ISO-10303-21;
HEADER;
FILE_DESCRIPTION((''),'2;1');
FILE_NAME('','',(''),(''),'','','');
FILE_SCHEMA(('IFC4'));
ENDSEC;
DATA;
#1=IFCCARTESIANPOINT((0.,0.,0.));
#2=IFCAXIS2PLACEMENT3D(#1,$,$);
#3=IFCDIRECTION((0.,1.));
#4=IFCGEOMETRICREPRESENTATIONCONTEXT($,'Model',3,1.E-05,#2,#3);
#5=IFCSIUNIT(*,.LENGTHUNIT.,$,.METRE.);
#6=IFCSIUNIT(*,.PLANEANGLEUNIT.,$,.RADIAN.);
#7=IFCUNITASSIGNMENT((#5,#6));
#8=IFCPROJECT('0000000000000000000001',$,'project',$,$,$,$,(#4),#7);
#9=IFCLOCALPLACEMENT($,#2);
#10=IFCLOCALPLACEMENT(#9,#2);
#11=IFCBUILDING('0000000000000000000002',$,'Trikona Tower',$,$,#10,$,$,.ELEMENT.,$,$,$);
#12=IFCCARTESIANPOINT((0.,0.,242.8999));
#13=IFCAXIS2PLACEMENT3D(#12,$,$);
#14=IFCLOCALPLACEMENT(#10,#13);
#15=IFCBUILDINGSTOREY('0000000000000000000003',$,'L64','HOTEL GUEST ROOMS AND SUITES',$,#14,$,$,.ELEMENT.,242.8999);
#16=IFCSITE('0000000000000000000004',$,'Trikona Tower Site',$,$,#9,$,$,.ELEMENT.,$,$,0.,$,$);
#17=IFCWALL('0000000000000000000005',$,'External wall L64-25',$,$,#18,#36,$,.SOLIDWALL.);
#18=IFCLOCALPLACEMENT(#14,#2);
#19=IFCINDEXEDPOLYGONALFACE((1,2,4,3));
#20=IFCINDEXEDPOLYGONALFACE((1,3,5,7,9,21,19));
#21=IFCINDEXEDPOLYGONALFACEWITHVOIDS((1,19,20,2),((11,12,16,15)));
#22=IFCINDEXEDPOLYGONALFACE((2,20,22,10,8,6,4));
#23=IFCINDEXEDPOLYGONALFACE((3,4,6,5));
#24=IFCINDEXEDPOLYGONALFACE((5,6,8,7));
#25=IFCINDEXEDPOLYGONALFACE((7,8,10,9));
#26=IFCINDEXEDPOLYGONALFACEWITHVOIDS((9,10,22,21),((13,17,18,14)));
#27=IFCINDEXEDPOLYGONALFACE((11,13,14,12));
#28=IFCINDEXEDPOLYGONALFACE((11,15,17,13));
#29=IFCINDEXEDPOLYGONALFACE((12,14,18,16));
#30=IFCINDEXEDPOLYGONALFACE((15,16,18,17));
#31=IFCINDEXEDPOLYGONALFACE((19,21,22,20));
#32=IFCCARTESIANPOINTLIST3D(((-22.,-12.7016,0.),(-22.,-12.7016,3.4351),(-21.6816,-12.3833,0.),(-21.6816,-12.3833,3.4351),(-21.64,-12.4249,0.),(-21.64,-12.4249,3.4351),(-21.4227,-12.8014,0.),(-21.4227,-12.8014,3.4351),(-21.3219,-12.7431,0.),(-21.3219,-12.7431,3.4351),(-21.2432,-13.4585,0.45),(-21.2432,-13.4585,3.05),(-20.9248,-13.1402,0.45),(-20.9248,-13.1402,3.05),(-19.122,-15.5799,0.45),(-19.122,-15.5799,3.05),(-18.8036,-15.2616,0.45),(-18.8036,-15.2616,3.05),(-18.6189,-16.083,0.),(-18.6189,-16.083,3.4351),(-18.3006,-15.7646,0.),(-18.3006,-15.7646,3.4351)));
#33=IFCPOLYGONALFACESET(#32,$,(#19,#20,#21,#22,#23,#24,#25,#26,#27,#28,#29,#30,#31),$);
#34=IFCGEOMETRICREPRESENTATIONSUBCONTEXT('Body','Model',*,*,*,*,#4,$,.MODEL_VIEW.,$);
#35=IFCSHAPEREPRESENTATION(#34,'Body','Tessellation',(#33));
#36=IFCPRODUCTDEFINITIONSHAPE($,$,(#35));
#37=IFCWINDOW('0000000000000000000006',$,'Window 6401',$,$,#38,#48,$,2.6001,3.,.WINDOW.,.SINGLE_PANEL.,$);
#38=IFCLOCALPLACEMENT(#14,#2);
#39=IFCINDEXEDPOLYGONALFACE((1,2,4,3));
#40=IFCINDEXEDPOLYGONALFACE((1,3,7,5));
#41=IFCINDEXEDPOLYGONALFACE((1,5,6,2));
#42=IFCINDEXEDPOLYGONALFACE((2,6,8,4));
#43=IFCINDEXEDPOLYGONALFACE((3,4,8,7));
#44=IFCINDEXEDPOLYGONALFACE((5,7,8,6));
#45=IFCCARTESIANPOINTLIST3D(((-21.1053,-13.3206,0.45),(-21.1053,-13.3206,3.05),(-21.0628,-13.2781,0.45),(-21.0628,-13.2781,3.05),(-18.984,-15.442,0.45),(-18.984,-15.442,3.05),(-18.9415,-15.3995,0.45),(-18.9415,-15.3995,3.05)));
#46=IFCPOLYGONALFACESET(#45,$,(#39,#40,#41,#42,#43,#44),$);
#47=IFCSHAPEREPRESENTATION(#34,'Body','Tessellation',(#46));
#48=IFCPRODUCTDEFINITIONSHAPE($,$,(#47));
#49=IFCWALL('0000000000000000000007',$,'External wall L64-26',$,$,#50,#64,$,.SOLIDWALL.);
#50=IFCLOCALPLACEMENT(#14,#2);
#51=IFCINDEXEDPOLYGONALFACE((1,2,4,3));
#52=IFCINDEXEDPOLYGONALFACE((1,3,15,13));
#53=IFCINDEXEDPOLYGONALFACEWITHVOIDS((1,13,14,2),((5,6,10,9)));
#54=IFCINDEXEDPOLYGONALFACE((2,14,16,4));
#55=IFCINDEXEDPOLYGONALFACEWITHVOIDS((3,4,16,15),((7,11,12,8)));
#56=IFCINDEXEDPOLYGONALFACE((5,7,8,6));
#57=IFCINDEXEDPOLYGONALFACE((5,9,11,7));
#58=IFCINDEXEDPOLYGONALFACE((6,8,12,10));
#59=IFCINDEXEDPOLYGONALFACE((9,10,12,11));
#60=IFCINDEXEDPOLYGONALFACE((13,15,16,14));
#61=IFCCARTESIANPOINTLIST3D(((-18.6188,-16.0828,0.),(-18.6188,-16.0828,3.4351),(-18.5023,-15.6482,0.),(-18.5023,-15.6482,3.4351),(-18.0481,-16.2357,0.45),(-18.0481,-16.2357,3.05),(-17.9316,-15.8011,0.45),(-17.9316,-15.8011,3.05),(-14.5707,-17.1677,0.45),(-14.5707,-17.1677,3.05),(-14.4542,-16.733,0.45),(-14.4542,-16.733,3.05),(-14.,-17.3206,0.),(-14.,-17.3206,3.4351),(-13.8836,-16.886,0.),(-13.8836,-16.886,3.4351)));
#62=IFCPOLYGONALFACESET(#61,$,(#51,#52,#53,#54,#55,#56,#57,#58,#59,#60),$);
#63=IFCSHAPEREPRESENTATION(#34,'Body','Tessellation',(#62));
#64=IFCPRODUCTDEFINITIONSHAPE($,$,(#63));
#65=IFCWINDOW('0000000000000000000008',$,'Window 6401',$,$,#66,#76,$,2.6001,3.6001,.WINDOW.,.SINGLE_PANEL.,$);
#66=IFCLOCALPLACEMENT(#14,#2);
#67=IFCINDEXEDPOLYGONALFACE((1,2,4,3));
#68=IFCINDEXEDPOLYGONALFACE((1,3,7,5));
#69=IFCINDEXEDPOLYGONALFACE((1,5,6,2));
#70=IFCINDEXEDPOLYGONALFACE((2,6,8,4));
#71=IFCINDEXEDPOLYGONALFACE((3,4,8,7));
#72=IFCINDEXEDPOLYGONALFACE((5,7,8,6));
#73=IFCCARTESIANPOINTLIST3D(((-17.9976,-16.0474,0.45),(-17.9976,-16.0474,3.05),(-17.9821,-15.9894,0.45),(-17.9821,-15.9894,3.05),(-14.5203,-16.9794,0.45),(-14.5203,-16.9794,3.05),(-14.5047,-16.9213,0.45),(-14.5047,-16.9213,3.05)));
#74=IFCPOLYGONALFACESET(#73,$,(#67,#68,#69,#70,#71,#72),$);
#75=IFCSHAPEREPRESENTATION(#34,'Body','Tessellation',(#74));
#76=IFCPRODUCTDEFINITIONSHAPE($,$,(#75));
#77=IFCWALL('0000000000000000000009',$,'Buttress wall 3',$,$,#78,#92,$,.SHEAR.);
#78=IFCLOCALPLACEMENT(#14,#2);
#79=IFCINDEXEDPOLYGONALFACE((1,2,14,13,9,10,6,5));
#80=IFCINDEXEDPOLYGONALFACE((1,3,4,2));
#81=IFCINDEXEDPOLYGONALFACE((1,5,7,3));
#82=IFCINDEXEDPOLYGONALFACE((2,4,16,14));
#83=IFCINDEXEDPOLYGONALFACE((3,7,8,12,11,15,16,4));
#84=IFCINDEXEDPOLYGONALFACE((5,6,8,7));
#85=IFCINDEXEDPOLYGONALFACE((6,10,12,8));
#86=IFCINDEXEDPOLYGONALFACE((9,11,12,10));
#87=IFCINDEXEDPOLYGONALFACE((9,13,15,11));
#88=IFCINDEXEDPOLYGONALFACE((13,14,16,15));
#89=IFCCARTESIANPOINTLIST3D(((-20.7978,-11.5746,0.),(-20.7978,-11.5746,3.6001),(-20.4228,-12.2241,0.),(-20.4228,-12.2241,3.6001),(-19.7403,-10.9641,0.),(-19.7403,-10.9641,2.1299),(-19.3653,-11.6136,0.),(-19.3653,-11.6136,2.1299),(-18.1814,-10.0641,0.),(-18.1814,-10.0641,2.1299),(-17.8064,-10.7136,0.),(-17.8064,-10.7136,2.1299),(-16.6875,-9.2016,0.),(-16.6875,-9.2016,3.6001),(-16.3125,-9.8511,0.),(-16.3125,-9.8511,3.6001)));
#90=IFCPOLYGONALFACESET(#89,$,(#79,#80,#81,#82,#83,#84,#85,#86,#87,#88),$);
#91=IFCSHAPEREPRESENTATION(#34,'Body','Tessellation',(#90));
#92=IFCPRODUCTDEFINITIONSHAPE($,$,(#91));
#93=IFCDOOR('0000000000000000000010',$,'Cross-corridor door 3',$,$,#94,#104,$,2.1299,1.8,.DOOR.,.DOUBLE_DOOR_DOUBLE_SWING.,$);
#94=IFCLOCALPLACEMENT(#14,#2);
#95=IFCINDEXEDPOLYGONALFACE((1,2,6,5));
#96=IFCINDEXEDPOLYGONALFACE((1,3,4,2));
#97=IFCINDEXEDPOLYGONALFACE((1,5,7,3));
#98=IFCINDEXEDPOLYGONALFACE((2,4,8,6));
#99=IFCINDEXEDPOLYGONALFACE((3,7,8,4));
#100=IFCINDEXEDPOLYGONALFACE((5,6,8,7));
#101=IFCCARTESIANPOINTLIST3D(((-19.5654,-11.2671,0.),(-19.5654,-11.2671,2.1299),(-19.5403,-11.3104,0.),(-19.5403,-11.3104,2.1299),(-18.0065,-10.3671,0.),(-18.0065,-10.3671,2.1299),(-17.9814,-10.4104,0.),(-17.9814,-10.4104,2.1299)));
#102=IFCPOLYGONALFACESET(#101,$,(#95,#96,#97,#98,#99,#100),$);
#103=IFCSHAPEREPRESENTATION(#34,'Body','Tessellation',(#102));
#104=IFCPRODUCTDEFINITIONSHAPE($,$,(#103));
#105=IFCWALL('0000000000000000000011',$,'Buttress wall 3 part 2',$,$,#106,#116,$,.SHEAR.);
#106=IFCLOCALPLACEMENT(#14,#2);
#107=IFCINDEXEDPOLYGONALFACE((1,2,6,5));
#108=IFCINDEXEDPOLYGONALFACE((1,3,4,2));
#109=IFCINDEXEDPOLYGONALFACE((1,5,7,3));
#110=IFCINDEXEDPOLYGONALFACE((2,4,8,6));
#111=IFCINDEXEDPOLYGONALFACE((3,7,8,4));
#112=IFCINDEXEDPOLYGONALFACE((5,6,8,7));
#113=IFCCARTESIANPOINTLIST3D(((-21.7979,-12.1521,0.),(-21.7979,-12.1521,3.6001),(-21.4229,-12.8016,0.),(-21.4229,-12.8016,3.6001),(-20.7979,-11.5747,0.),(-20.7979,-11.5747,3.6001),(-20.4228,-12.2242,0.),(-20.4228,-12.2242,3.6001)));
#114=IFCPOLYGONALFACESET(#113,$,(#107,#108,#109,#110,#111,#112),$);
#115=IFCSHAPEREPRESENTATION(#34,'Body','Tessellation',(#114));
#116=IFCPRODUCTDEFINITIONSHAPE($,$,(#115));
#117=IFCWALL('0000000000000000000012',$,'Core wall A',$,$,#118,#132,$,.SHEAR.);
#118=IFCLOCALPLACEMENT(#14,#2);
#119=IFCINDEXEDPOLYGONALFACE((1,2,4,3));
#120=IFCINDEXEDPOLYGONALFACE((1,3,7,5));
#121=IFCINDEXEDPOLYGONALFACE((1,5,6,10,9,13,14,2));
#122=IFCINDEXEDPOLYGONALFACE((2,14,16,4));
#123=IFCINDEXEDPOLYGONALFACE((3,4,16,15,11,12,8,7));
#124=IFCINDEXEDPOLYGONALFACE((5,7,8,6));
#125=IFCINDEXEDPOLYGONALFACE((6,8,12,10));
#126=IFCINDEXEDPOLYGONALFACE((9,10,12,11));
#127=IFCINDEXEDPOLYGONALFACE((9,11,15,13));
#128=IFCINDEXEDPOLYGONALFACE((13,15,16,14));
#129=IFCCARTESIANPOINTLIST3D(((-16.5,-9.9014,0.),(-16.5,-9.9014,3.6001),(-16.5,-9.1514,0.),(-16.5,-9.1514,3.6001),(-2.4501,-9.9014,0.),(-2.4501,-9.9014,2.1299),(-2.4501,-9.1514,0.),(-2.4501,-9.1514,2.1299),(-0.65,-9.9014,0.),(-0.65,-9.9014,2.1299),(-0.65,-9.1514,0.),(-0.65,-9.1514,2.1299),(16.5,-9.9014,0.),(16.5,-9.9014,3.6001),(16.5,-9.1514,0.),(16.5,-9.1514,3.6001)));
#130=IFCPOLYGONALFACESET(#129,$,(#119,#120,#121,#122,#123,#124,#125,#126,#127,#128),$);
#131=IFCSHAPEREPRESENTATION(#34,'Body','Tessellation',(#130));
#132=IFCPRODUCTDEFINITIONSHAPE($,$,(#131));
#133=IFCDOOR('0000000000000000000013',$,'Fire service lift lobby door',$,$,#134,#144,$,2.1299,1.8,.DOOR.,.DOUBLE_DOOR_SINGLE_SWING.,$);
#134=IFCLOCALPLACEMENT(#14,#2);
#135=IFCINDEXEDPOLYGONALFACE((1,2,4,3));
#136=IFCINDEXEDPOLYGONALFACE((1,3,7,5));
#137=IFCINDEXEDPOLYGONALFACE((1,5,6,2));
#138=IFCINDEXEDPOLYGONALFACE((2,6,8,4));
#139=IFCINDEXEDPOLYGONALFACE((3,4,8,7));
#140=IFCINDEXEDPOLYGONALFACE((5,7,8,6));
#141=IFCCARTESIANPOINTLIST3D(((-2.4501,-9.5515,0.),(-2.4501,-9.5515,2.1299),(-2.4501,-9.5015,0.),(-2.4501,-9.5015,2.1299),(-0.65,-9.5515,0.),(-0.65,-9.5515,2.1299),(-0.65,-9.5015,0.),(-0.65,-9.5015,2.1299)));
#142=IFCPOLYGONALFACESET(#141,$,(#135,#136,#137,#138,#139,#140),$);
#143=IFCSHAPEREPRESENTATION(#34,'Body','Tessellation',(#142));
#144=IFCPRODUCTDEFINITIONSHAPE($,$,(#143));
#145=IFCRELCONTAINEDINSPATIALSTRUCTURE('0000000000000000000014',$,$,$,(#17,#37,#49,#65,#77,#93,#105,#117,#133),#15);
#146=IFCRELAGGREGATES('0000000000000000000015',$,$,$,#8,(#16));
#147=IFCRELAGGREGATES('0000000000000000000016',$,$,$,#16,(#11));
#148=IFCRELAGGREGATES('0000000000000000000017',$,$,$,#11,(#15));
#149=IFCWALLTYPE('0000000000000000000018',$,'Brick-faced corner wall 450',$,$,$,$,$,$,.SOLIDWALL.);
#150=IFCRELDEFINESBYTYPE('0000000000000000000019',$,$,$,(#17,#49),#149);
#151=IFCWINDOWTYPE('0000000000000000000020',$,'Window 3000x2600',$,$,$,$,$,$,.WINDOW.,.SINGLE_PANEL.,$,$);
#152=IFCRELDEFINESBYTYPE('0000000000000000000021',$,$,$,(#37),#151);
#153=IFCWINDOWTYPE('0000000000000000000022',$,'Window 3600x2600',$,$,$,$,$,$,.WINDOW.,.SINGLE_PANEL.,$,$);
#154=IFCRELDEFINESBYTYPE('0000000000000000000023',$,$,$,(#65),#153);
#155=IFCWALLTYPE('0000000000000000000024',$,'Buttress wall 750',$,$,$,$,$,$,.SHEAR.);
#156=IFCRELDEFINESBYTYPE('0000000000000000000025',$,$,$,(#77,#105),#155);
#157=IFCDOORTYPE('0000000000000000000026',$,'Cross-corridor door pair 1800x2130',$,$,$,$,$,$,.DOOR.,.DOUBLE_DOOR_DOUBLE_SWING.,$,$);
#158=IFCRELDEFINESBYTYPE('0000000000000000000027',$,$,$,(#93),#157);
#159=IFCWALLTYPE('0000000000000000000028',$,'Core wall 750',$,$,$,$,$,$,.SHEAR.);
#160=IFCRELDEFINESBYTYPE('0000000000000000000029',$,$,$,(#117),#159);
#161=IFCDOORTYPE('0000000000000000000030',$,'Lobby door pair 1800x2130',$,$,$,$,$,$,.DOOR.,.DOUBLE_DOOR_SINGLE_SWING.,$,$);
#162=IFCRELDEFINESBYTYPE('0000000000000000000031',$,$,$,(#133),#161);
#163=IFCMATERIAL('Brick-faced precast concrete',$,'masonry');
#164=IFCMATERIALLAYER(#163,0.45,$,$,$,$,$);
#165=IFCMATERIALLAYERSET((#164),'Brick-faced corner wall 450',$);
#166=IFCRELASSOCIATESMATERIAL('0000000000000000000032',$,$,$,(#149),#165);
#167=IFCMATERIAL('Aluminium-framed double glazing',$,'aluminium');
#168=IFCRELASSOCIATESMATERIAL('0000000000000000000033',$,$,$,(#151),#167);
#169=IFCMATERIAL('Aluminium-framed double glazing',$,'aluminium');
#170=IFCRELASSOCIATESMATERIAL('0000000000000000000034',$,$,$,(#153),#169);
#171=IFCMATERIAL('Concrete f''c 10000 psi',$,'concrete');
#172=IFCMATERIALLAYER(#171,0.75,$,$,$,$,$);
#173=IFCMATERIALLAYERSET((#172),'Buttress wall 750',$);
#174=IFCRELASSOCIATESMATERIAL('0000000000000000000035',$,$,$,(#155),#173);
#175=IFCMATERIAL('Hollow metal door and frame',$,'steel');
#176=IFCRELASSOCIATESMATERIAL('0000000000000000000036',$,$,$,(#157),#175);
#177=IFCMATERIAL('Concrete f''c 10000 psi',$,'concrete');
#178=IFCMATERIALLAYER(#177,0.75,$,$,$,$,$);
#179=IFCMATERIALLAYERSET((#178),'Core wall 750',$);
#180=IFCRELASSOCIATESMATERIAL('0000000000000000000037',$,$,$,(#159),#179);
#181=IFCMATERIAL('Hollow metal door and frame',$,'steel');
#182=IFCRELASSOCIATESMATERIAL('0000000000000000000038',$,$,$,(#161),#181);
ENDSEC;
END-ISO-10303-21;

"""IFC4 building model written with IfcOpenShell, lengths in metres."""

from ifc_helpers import new_model, si_unit, direction, frame, frame_2d, origin, place, context, subcontext, project, spatial, polyline, rectangle, outline, extrude, material, layer, layer_set, type_object, element, fill, save


model = new_model("IFC4")

# Units and contexts
model_context = context("Model", 3, precision=1e-05, world=origin(), true_north=direction((0.0, 1.0)))
body_context = subcontext(model_context, "Body", "Model", "MODEL_VIEW")
ifc_project = project(units=[si_unit("LENGTHUNIT", "METRE"), si_unit("PLANEANGLEUNIT", "RADIAN")], contexts=[model_context])

# Site, building, storey
site_placement = place(None, origin())
site = spatial("IfcSite", under=ifc_project, at=site_placement, Name="Trikona Tower Site", CompositionType="ELEMENT", RefElevation=0.0)
building_placement = place(site_placement, origin())
building = spatial("IfcBuilding", under=site, at=building_placement, Name="Trikona Tower", CompositionType="ELEMENT")
storey_placement = place(building_placement, frame((0.0, 0.0, 242.8999)))
storey = spatial("IfcBuildingStorey", under=building, at=storey_placement, Name="L64", Description="HOTEL GUEST ROOMS AND SUITES", CompositionType="ELEMENT", Elevation=242.8999)

# Walls, openings, windows
ifc_material_1 = material(Name="Brick-faced precast concrete", Category="masonry")
ifc_layer_1 = layer(ifc_material_1, 0.45)
ifc_layer_set_1 = layer_set([ifc_layer_1], Name="Brick-faced corner wall 450")
wall_type_1 = type_object("IfcWallType", Name="Brick-faced corner wall 450", PredefinedType="SOLIDWALL", material=ifc_layer_set_1)
wall_1_placement = place(storey_placement, frame((-21.8408, -12.5425, 0.0), z_axis=(0.0, 0.0, 1.0), x_axis=(0.707081, -0.707132, 0.0)))
wall_1 = element("IfcWall", 1, at=wall_1_placement, inside=storey, type_object=wall_type_1, Name="External wall L64-25", PredefinedType="SOLIDWALL", context=body_context, shape_type="SweptSolid", body=[
    extrude(outline(polyline([(4.7817, 0.2251), (0.5088, 0.2251), (0.4788, 0.1125), (0.0588, 0.2251), (0.0, 0.2251), (0.0, -0.2251), (4.7817, -0.2251), (4.7817, 0.2251)])), origin(), (0.0, 0.0, 1.0), 3.4351),
])
opening_1_placement = place(wall_1_placement, frame((1.0703, 0.0, 0.45)))
opening_1 = element("IfcOpeningElement", 2, at=opening_1_placement, cuts=wall_1, PredefinedType="OPENING", context=body_context, shape_type="SweptSolid", body=[
    extrude(rectangle(XDim=3.0, YDim=2.6001, at=frame_2d((1.5, 1.3))), frame((0.0, 0.2349, 0.0), z_axis=(0.0, -1.0, 0.0), x_axis=(1.0, 0.0, 0.0)), (0.0, 0.0, 1.0), 0.47),
])
ifc_material_2 = material(Name="Aluminium-framed double glazing", Category="aluminium")
window_type_1 = type_object("IfcWindowType", Name="Window 3000x2600", PartitioningType="SINGLE_PANEL", PredefinedType="WINDOW", material=ifc_material_2)
window_1_placement = place(opening_1_placement, origin())
window_1 = element("IfcWindow", 3, at=window_1_placement, inside=storey, type_object=window_type_1, Name="Window 6401", OverallHeight=2.6001, OverallWidth=3.0, PartitioningType="SINGLE_PANEL", PredefinedType="WINDOW", context=body_context, shape_type="SweptSolid", body=[
    extrude(rectangle(XDim=3.0, YDim=2.6001, at=frame_2d((1.5, 1.3))), frame((0.0, 0.03, 0.0), z_axis=(0.0, -1.0, 0.0), x_axis=(1.0, 0.0, 0.0)), (0.0, 0.0, 1.0), 0.0601),
])
fill(opening_1, window_1)
wall_2_placement = place(storey_placement, frame((-18.5605, -15.8655, 0.0), z_axis=(0.0, 0.0, 1.0), x_axis=(0.965914, -0.258864, 0.0)))
wall_2 = element("IfcWall", 4, at=wall_2_placement, inside=storey, type_object=wall_type_1, Name="External wall L64-26", PredefinedType="SOLIDWALL", context=body_context, shape_type="SweptSolid", body=[
    extrude(rectangle(XDim=4.7817, YDim=0.45, at=frame_2d((2.3909, 0.0))), origin(), (0.0, 0.0, 1.0), 3.4351),
])
opening_2_placement = place(wall_2_placement, frame((0.5908, 0.0, 0.45)))
opening_2 = element("IfcOpeningElement", 5, at=opening_2_placement, cuts=wall_2, PredefinedType="OPENING", context=body_context, shape_type="SweptSolid", body=[
    extrude(rectangle(XDim=3.6001, YDim=2.6001, at=frame_2d((1.8, 1.3))), frame((0.0, 0.2349, 0.0), z_axis=(0.0, -1.0, 0.0), x_axis=(1.0, 0.0, 0.0)), (0.0, 0.0, 1.0), 0.47),
])
ifc_material_3 = material(Name="Aluminium-framed double glazing", Category="aluminium")
window_type_2 = type_object("IfcWindowType", Name="Window 3600x2600", PartitioningType="SINGLE_PANEL", PredefinedType="WINDOW", material=ifc_material_3)
window_2_placement = place(opening_2_placement, origin())
window_2 = element("IfcWindow", 6, at=window_2_placement, inside=storey, type_object=window_type_2, Name="Window 6401", OverallHeight=2.6001, OverallWidth=3.6001, PartitioningType="SINGLE_PANEL", PredefinedType="WINDOW", context=body_context, shape_type="SweptSolid", body=[
    extrude(rectangle(XDim=3.6001, YDim=2.6001, at=frame_2d((1.8, 1.3))), frame((0.0, 0.03, 0.0), z_axis=(0.0, -1.0, 0.0), x_axis=(1.0, 0.0, 0.0)), (0.0, 0.0, 1.0), 0.0601),
])
fill(opening_2, window_2)

# Wall, opening, door
ifc_material_4 = material(Name="Concrete f'c 10000 psi", Category="concrete")
ifc_layer_2 = layer(ifc_material_4, 0.75)
ifc_layer_set_2 = layer_set([ifc_layer_2], Name="Buttress wall 750")
wall_type_2 = type_object("IfcWallType", Name="Buttress wall 750", PredefinedType="SHEAR", material=ifc_layer_set_2)
wall_3_placement = place(storey_placement, frame((-16.5, -9.5264, 0.0), z_axis=(0.0, 0.0, 1.0), x_axis=(-0.866031, -0.49999, 0.0)))
wall_3 = element("IfcWall", 7, at=wall_3_placement, inside=storey, type_object=wall_type_2, Name="Buttress wall 3", PredefinedType="SHEAR", context=body_context, shape_type="SweptSolid", body=[
    extrude(rectangle(XDim=4.7461, YDim=0.75, at=frame_2d((2.373, 0.0))), origin(), (0.0, 0.0, 1.0), 3.6001),
])
opening_3_placement = place(wall_3_placement, frame((1.7251, 0.0, 0.0)))
opening_3 = element("IfcOpeningElement", 8, at=opening_3_placement, cuts=wall_3, PredefinedType="OPENING", context=body_context, shape_type="SweptSolid", body=[
    extrude(rectangle(XDim=1.8, YDim=2.1299, at=frame_2d((0.8999, 1.0649))), frame((0.0, 0.385, 0.0), z_axis=(0.0, -1.0, 0.0), x_axis=(1.0, 0.0, 0.0)), (0.0, 0.0, 1.0), 0.77),
])
ifc_material_5 = material(Name="Hollow metal door and frame", Category="steel")
door_type_1 = type_object("IfcDoorType", Name="Cross-corridor door pair 1800x2130", OperationType="DOUBLE_DOOR_DOUBLE_SWING", PredefinedType="DOOR", material=ifc_material_5)
door_1_placement = place(opening_3_placement, origin())
door_1 = element("IfcDoor", 9, at=door_1_placement, inside=storey, type_object=door_type_1, Name="Cross-corridor door 3", OperationType="DOUBLE_DOOR_DOUBLE_SWING", OverallHeight=2.1299, OverallWidth=1.8, PredefinedType="DOOR", context=body_context, shape_type="SweptSolid", body=[
    extrude(rectangle(XDim=1.8, YDim=2.1299, at=frame_2d((0.8999, 1.0649))), frame((0.0, 0.0249, 0.0), z_axis=(0.0, -1.0, 0.0), x_axis=(1.0, 0.0, 0.0)), (0.0, 0.0, 1.0), 0.05),
])
fill(opening_3, door_1)

# Wall
wall_4_placement = place(storey_placement, frame((-20.6104, -11.8994, 0.0), z_axis=(0.0, 0.0, 1.0), x_axis=(-0.86601, -0.500027, 0.0)))
element("IfcWall", 10, at=wall_4_placement, inside=storey, type_object=wall_type_2, Name="Buttress wall 3 part 2", PredefinedType="SHEAR", context=body_context, shape_type="SweptSolid", body=[
    extrude(rectangle(XDim=1.1548, YDim=0.75, at=frame_2d((0.5774, 0.0))), origin(), (0.0, 0.0, 1.0), 3.6001),
])

# Wall, opening, door
ifc_material_6 = material(Name="Concrete f'c 10000 psi", Category="concrete")
ifc_layer_3 = layer(ifc_material_6, 0.75)
ifc_layer_set_3 = layer_set([ifc_layer_3], Name="Core wall 750")
wall_type_3 = type_object("IfcWallType", Name="Core wall 750", PredefinedType="SHEAR", material=ifc_layer_set_3)
wall_5_placement = place(storey_placement, frame((-16.5, -9.5264, 0.0), z_axis=(0.0, 0.0, 1.0), x_axis=(1.0, 0.0, 0.0)))
wall_5 = element("IfcWall", 11, at=wall_5_placement, inside=storey, type_object=wall_type_3, Name="Core wall A", PredefinedType="SHEAR", context=body_context, shape_type="SweptSolid", body=[
    extrude(rectangle(XDim=33.0, YDim=0.75, at=frame_2d((16.5, 0.0))), origin(), (0.0, 0.0, 1.0), 3.6001),
])
opening_4_placement = place(wall_5_placement, frame((14.05, 0.0, 0.0)))
opening_4 = element("IfcOpeningElement", 12, at=opening_4_placement, cuts=wall_5, PredefinedType="OPENING", context=body_context, shape_type="SweptSolid", body=[
    extrude(rectangle(XDim=1.8, YDim=2.1299, at=frame_2d((0.8999, 1.0649))), frame((0.0, 0.385, 0.0), z_axis=(0.0, -1.0, 0.0), x_axis=(1.0, 0.0, 0.0)), (0.0, 0.0, 1.0), 0.77),
])
ifc_material_7 = material(Name="Hollow metal door and frame", Category="steel")
door_type_2 = type_object("IfcDoorType", Name="Lobby door pair 1800x2130", OperationType="DOUBLE_DOOR_SINGLE_SWING", PredefinedType="DOOR", material=ifc_material_7)
door_2_placement = place(opening_4_placement, origin())
door_2 = element("IfcDoor", 13, at=door_2_placement, inside=storey, type_object=door_type_2, Name="Fire service lift lobby door", OperationType="DOUBLE_DOOR_SINGLE_SWING", OverallHeight=2.1299, OverallWidth=1.8, PredefinedType="DOOR", context=body_context, shape_type="SweptSolid", body=[
    extrude(rectangle(XDim=1.8, YDim=2.1299, at=frame_2d((0.8999, 1.0649))), frame((0.0, 0.0249, 0.0), z_axis=(0.0, -1.0, 0.0), x_axis=(1.0, 0.0, 0.0)), (0.0, 0.0, 1.0), 0.05),
])
fill(opening_4, door_2)

save(model, "model.ifc")
